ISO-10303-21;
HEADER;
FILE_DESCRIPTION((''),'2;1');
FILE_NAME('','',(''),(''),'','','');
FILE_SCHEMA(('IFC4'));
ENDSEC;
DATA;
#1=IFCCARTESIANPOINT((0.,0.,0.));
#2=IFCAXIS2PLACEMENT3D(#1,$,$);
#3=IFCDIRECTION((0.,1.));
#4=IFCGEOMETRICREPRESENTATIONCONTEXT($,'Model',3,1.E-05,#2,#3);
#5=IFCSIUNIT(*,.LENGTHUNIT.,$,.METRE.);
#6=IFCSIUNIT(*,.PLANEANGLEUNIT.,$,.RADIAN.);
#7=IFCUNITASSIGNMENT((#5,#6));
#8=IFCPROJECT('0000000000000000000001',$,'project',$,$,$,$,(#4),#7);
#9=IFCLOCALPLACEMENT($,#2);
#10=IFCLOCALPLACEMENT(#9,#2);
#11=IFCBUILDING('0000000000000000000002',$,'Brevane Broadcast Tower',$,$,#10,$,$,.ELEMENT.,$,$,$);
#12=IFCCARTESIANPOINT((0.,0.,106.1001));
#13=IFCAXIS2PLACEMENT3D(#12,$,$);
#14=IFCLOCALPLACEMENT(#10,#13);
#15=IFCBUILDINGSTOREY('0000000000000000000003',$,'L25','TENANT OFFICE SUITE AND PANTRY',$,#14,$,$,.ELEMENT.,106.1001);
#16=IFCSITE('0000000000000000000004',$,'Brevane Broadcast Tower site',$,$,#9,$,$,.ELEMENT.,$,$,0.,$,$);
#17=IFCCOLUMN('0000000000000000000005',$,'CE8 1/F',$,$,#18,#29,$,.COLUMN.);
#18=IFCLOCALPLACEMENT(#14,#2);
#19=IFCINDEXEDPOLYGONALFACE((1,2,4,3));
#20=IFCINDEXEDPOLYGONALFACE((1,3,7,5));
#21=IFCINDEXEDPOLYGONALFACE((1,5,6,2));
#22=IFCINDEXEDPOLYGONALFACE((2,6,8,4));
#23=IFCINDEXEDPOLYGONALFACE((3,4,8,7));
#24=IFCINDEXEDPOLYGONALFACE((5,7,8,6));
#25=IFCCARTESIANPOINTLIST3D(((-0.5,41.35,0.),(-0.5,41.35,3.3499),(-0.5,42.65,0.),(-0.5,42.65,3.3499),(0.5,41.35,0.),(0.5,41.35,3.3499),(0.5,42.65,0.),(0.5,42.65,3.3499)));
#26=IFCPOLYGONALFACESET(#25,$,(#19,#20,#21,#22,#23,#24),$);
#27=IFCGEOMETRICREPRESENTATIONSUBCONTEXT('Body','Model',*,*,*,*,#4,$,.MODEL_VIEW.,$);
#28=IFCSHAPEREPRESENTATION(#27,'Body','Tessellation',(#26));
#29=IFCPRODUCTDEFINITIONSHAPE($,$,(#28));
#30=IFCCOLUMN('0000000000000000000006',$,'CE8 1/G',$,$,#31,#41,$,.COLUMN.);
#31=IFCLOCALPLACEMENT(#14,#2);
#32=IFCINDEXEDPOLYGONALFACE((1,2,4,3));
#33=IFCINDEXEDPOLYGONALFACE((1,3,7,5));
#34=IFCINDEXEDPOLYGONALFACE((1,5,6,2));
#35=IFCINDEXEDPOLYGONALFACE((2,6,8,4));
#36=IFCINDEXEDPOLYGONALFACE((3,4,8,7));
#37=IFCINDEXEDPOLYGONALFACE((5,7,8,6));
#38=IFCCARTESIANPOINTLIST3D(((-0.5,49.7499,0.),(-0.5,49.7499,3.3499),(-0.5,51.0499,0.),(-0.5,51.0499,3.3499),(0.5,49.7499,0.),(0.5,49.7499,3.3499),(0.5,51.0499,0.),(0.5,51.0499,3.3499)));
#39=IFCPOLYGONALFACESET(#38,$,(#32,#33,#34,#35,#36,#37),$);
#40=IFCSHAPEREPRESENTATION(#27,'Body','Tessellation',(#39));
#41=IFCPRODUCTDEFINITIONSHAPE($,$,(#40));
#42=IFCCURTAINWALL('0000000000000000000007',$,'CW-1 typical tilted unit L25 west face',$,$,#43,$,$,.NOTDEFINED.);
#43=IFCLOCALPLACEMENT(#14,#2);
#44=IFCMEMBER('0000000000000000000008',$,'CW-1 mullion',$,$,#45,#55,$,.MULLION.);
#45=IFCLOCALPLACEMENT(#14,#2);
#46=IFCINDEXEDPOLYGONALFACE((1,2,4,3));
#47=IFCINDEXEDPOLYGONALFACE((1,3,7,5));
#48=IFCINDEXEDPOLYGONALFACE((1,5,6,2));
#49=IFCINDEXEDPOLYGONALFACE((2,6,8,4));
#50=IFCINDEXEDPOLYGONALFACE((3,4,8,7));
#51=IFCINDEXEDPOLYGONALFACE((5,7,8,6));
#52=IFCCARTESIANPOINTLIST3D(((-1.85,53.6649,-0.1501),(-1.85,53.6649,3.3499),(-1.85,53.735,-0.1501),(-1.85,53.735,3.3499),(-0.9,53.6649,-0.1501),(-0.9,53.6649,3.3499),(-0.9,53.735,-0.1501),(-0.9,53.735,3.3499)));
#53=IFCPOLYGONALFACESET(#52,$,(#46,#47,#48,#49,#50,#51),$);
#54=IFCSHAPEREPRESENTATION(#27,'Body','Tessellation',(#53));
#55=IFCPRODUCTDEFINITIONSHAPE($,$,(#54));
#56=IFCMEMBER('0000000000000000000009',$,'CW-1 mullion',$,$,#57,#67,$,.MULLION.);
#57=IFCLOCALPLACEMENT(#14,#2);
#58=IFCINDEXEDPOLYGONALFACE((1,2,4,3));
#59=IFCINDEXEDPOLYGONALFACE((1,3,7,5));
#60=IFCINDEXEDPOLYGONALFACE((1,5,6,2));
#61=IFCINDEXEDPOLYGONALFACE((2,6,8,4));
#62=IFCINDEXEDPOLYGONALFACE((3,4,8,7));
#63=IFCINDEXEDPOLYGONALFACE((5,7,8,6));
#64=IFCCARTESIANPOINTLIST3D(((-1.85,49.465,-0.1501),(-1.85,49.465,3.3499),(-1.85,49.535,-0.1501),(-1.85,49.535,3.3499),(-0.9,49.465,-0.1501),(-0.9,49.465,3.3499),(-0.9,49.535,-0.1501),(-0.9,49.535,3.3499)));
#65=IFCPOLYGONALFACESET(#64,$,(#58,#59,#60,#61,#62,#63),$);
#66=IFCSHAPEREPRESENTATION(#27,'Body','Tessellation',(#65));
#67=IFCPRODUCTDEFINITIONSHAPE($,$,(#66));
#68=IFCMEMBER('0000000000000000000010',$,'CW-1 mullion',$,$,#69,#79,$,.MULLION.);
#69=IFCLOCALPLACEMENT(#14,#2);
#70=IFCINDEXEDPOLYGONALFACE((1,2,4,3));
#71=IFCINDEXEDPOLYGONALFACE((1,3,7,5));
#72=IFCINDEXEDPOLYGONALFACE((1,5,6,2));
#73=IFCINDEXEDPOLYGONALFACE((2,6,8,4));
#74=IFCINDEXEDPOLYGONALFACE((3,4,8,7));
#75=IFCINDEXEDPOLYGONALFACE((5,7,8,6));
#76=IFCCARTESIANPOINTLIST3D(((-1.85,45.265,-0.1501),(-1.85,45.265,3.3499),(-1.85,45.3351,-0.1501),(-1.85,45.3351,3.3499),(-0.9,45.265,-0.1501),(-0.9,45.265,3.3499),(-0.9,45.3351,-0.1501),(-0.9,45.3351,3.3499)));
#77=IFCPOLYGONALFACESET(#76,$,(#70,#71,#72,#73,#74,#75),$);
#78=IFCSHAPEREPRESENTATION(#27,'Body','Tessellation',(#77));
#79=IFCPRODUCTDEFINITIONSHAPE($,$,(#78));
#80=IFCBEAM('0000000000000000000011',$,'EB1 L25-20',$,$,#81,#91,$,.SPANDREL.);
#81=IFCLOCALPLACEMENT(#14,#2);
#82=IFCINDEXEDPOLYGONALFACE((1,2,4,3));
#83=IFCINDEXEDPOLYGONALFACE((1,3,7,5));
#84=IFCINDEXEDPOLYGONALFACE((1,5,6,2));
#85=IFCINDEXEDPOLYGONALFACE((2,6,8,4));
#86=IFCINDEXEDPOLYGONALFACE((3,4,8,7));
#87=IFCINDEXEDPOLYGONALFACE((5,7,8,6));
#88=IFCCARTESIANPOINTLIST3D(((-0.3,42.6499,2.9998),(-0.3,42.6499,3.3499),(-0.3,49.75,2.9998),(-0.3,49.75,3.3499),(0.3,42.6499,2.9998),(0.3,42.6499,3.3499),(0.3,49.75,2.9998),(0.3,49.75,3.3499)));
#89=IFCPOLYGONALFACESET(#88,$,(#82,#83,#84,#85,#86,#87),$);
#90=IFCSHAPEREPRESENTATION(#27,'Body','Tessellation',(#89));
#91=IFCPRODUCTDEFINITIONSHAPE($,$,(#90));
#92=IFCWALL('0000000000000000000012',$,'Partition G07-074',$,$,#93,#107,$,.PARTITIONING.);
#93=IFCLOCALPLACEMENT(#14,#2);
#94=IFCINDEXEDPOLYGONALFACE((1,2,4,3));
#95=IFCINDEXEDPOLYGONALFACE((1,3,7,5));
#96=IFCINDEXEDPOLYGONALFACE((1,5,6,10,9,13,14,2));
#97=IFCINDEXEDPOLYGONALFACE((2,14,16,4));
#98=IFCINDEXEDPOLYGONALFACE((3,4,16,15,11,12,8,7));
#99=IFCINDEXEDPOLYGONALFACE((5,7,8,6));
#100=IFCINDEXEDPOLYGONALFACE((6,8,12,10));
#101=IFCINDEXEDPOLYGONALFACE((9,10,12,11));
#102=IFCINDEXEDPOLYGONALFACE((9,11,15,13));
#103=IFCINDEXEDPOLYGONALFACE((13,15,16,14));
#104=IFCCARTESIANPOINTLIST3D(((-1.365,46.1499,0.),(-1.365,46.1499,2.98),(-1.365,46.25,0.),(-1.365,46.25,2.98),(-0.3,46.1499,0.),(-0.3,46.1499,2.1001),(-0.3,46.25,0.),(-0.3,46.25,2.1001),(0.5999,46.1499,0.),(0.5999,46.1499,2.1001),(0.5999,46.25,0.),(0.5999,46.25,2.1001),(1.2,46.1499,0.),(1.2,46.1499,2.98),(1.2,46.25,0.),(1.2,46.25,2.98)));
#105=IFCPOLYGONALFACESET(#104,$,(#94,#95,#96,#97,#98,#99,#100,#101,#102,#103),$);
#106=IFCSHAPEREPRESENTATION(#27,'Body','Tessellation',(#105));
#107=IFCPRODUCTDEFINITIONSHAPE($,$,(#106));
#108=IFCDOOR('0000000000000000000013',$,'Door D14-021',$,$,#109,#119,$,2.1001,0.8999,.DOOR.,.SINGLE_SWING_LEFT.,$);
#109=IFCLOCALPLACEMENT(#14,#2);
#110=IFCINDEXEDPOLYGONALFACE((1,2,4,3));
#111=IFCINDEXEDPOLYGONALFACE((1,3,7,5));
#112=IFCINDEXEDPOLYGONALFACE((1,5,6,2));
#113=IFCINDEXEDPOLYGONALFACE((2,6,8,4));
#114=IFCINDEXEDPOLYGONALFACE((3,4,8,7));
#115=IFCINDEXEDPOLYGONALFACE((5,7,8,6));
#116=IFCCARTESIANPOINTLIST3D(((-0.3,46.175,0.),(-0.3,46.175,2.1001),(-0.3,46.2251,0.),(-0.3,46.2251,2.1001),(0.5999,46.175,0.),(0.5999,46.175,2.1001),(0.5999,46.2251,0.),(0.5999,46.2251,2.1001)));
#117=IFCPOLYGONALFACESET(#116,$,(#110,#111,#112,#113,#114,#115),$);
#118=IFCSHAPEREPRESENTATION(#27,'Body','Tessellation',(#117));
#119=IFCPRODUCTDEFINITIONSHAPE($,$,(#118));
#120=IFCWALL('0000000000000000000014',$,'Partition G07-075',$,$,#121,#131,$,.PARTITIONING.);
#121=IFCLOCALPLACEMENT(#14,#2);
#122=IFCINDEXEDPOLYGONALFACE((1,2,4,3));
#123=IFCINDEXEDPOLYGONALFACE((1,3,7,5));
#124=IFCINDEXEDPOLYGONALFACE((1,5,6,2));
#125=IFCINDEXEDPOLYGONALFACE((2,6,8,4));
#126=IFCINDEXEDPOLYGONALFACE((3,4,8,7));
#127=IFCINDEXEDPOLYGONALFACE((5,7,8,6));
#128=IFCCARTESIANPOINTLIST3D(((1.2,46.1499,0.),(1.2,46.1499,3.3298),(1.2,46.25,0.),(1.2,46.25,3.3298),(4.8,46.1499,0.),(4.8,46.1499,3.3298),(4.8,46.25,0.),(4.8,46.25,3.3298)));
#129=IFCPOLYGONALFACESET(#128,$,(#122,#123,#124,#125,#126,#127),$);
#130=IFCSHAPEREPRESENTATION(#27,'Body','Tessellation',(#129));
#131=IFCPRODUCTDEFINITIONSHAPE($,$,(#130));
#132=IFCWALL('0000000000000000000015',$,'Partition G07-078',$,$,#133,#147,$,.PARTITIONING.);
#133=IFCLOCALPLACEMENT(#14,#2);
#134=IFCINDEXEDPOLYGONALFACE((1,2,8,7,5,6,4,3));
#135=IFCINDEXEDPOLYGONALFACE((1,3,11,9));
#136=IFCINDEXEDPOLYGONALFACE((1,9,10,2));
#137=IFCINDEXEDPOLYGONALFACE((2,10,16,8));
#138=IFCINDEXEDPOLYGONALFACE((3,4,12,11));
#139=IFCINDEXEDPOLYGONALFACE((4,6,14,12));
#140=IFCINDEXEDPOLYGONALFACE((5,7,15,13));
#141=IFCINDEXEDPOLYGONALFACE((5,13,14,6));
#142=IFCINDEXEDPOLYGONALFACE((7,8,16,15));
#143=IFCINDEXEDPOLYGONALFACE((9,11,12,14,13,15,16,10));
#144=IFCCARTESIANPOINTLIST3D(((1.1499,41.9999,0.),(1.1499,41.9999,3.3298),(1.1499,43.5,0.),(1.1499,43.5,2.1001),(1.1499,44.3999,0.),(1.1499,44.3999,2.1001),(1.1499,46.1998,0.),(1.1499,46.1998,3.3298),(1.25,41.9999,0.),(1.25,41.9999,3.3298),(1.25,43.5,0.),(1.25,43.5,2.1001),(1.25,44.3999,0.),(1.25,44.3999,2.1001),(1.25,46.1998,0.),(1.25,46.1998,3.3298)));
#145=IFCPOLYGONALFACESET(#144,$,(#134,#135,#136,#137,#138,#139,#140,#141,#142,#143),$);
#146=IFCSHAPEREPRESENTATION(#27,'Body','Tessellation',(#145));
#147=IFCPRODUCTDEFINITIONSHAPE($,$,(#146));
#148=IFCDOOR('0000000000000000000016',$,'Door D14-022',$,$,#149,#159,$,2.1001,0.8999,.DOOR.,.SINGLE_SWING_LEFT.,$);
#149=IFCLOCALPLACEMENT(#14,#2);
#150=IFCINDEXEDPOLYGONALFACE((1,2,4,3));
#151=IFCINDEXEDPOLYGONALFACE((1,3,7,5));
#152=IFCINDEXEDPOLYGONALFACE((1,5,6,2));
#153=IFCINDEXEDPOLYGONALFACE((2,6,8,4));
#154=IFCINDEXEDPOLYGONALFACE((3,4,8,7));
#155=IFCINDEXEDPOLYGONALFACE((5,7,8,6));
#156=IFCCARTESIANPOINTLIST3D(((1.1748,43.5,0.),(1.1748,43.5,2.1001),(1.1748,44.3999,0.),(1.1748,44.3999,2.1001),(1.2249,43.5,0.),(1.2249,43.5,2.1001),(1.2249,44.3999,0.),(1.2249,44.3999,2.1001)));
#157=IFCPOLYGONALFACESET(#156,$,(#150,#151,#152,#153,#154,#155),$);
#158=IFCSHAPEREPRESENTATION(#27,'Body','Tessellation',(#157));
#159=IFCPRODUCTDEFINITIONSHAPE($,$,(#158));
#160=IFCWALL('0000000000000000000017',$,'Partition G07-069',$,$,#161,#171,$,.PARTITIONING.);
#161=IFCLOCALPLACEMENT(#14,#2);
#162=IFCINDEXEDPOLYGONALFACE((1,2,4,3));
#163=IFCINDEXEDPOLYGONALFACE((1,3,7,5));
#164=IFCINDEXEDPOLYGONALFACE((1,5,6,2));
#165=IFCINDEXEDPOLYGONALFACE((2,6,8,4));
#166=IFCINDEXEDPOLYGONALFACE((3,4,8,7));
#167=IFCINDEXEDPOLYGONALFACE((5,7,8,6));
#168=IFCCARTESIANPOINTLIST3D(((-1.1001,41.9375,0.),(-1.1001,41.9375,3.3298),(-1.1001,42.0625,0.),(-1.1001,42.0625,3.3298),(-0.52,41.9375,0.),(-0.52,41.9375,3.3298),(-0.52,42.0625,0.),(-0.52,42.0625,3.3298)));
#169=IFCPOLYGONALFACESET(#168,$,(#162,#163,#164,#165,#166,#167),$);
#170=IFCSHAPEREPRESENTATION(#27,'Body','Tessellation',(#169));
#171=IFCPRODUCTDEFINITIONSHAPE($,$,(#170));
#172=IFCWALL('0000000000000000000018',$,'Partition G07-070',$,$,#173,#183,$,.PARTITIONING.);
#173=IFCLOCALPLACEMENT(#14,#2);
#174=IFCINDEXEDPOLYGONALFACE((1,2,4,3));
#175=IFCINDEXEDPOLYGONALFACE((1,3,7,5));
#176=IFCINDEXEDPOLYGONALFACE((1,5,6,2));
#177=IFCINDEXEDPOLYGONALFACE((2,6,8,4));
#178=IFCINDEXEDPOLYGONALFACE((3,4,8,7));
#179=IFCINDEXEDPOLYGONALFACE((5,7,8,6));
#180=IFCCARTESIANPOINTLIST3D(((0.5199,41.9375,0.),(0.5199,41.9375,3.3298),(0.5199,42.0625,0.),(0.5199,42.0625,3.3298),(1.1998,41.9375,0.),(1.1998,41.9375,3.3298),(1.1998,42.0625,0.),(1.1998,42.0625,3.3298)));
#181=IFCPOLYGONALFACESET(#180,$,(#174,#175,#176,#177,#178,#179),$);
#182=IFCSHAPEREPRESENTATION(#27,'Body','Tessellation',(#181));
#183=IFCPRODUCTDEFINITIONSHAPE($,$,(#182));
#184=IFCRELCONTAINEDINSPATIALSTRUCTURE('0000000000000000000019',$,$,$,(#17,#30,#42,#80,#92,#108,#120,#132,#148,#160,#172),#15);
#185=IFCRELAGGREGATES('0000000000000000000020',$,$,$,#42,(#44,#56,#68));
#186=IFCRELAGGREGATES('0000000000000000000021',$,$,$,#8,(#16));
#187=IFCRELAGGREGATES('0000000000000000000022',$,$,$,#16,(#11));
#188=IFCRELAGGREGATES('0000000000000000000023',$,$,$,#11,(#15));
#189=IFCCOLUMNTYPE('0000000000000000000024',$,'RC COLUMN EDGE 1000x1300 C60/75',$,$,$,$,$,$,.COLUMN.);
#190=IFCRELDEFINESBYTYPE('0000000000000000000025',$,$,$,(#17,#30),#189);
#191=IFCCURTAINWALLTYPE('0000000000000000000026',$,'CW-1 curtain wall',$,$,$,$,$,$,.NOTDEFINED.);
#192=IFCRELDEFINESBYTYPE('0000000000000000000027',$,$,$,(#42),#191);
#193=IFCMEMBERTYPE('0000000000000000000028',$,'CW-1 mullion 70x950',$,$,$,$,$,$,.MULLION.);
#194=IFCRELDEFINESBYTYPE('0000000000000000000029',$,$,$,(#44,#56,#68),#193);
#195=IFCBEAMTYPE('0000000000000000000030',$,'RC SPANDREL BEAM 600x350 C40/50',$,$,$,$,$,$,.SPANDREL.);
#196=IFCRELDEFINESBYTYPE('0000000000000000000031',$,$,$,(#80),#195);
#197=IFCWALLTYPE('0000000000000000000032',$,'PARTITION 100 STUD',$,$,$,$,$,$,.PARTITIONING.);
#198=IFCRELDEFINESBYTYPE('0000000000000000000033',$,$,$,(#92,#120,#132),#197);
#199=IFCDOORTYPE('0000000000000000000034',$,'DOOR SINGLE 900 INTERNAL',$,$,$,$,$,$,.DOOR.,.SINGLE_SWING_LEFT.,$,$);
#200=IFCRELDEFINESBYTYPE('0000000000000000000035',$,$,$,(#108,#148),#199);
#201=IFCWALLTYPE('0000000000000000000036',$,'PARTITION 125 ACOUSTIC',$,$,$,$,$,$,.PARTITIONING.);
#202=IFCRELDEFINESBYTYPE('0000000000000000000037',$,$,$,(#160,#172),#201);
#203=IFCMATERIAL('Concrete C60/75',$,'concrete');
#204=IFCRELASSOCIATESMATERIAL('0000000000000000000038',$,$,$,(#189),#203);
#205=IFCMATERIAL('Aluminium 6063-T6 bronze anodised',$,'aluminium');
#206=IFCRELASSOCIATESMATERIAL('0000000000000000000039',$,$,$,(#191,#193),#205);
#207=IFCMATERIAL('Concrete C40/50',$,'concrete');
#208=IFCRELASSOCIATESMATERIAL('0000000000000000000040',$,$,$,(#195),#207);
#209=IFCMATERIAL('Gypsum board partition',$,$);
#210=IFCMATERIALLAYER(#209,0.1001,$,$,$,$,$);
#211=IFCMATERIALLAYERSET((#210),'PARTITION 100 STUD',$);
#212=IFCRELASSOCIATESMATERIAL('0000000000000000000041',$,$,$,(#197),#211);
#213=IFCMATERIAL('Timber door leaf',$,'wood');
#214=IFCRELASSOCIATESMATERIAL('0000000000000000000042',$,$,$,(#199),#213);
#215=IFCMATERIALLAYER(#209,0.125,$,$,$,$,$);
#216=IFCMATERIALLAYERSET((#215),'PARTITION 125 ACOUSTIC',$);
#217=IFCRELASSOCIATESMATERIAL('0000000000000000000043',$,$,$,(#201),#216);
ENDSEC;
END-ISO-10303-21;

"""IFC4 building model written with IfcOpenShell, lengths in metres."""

from ifc_helpers import new_model, si_unit, direction, frame, frame_2d, origin, origin_2d, place, context, subcontext, project, spatial, rectangle, extrude, material, layer, layer_set, material_profile, profile_set, type_object, element, fill, aggregate, save


model = new_model("IFC4")

# Units and contexts
model_context = context("Model", 3, precision=1e-05, world=origin(), true_north=direction((0.0, 1.0)))
body_context = subcontext(model_context, "Body", "Model", "MODEL_VIEW")
ifc_project = project(units=[si_unit("LENGTHUNIT", "METRE"), si_unit("PLANEANGLEUNIT", "RADIAN")], contexts=[model_context])

# Site, building, storey
site_placement = place(None, origin())
site = spatial("IfcSite", under=ifc_project, at=site_placement, Name="Brevane Broadcast Tower site", CompositionType="ELEMENT", RefElevation=0.0)
building_placement = place(site_placement, origin())
building = spatial("IfcBuilding", under=site, at=building_placement, Name="Brevane Broadcast Tower", CompositionType="ELEMENT")
storey_placement = place(building_placement, frame((0.0, 0.0, 106.1001)))
storey = spatial("IfcBuildingStorey", under=building, at=storey_placement, Name="L25", Description="TENANT OFFICE SUITE AND PANTRY", CompositionType="ELEMENT", Elevation=106.1001)

# Columns
ifc_material_1 = material(Name="Concrete C60/75", Category="concrete")
ifc_material_profile_1 = material_profile(ifc_material_1, rectangle(XDim=1.0, YDim=1.3, at=origin_2d()), Name="RC 1000x1300")
ifc_profile_set_1 = profile_set([ifc_material_profile_1], Name="Concrete C60/75")
column_type = type_object("IfcColumnType", Name="RC COLUMN EDGE 1000x1300 C60/75", PredefinedType="COLUMN", material=ifc_profile_set_1)
for number, where, z_axis, x_axis, name in (
    (1, (0.0, 42.0, 0.0), (0.0, 0.0, 1.0), (1.0, 0.0, 0.0), "CE8 1/F"),
    (2, (0.0, 50.3999, 0.0), (0.0, 0.0, 1.0), (1.0, 0.0, 0.0), "CE8 1/G"),
):
    element("IfcColumn", number, at=place(storey_placement, frame(where, z_axis=z_axis, x_axis=x_axis)), inside=storey, type_object=column_type, Name=name, PredefinedType="COLUMN", context=body_context, shape_type="SweptSolid", body=[
        extrude(rectangle(XDim=1.0, YDim=1.3, at=origin_2d()), origin(), (0.0, 0.0, 1.0), 3.3499),
    ])

# Curtain wall, members
ifc_material_2 = material(Name="Aluminium 6063-T6 bronze anodised", Category="aluminium")
curtain_wall_type = type_object("IfcCurtainWallType", Name="CW-1 curtain wall", PredefinedType="NOTDEFINED", material=ifc_material_2)
curtain_wall_placement = place(storey_placement, origin())
curtain_wall = element("IfcCurtainWall", 3, at=curtain_wall_placement, inside=storey, type_object=curtain_wall_type, Name="CW-1 typical tilted unit L25 west face", PredefinedType="NOTDEFINED")
ifc_material_profile_2 = material_profile(ifc_material_2, rectangle(XDim=0.95, YDim=0.0701, at=origin_2d()), Name="RECT 70x950")
ifc_profile_set_2 = profile_set([ifc_material_profile_2], Name="Aluminium 6063-T6 bronze anodised")
member_type = type_object("IfcMemberType", Name="CW-1 mullion 70x950", PredefinedType="MULLION", material=ifc_profile_set_2)
member_1_placement = place(storey_placement, frame((-1.375, 53.7, -0.1501), z_axis=(0.0, 0.0, 1.0), x_axis=(1.0, 0.0, 0.0)))
member_1 = element("IfcMember", 4, at=member_1_placement, type_object=member_type, Name="CW-1 mullion", PredefinedType="MULLION", context=body_context, shape_type="SweptSolid", body=[
    extrude(rectangle(XDim=0.95, YDim=0.0701, at=origin_2d()), origin(), (0.0, 0.0, 1.0), 3.5),
])
member_2_placement = place(storey_placement, frame((-1.375, 49.5, -0.1501), z_axis=(0.0, 0.0, 1.0), x_axis=(1.0, 0.0, 0.0)))
member_2 = element("IfcMember", 5, at=member_2_placement, type_object=member_type, Name="CW-1 mullion", PredefinedType="MULLION", context=body_context, shape_type="SweptSolid", body=[
    extrude(rectangle(XDim=0.95, YDim=0.0701, at=origin_2d()), origin(), (0.0, 0.0, 1.0), 3.5),
])
member_3_placement = place(storey_placement, frame((-1.375, 45.3, -0.1501), z_axis=(0.0, 0.0, 1.0), x_axis=(1.0, 0.0, 0.0)))
member_3 = element("IfcMember", 6, at=member_3_placement, type_object=member_type, Name="CW-1 mullion", PredefinedType="MULLION", context=body_context, shape_type="SweptSolid", body=[
    extrude(rectangle(XDim=0.95, YDim=0.0701, at=origin_2d()), origin(), (0.0, 0.0, 1.0), 3.5),
])
aggregate(curtain_wall, [member_1, member_2, member_3])

# Beam
ifc_material_3 = material(Name="Concrete C40/50", Category="concrete")
ifc_material_profile_3 = material_profile(ifc_material_3, rectangle(XDim=0.6001, YDim=0.3501, at=origin_2d()), Name="RC 600x350")
ifc_profile_set_3 = profile_set([ifc_material_profile_3], Name="Concrete C40/50")
beam_type = type_object("IfcBeamType", Name="RC SPANDREL BEAM 600x350 C40/50", PredefinedType="SPANDREL", material=ifc_profile_set_3)
beam_placement = place(storey_placement, frame((0.0, 49.75, 3.1748), z_axis=(0.0, -1.0, 0.0), x_axis=(1.0, 0.0, 0.0)))
element("IfcBeam", 7, at=beam_placement, inside=storey, type_object=beam_type, Name="EB1 L25-20", PredefinedType="SPANDREL", context=body_context, shape_type="SweptSolid", body=[
    extrude(rectangle(XDim=0.6001, YDim=0.3501, at=origin_2d()), origin(), (0.0, 0.0, 1.0), 7.1001),
])

# Wall, opening, door
ifc_material_4 = material(Name="Gypsum board partition")
ifc_layer_1 = layer(ifc_material_4, 0.1001)
ifc_layer_set_1 = layer_set([ifc_layer_1], Name="PARTITION 100 STUD")
wall_type_1 = type_object("IfcWallType", Name="PARTITION 100 STUD", PredefinedType="PARTITIONING", material=ifc_layer_set_1)
wall_1_placement = place(storey_placement, frame((1.2, 46.2, 0.0), z_axis=(0.0, 0.0, 1.0), x_axis=(-1.0, 0.0, 0.0)))
wall_1 = element("IfcWall", 8, at=wall_1_placement, inside=storey, type_object=wall_type_1, Name="Partition G07-074", PredefinedType="PARTITIONING", context=body_context, shape_type="SweptSolid", body=[
    extrude(rectangle(XDim=2.5649, YDim=0.1001, at=frame_2d((1.2825, 0.0))), origin(), (0.0, 0.0, 1.0), 2.98),
])
opening_1_placement = place(wall_1_placement, frame((0.6001, 0.0, 0.0)))
opening_1 = element("IfcOpeningElement", 9, at=opening_1_placement, cuts=wall_1, PredefinedType="OPENING", context=body_context, shape_type="SweptSolid", body=[
    extrude(rectangle(XDim=0.8999, YDim=2.1001, at=frame_2d((0.45, 1.05))), frame((0.0, 0.0601, 0.0), z_axis=(0.0, -1.0, 0.0), x_axis=(1.0, 0.0, 0.0)), (0.0, 0.0, 1.0), 0.1201),
])
ifc_material_5 = material(Name="Timber door leaf", Category="wood")
door_type = type_object("IfcDoorType", Name="DOOR SINGLE 900 INTERNAL", OperationType="SINGLE_SWING_LEFT", PredefinedType="DOOR", material=ifc_material_5)
door_1_placement = place(opening_1_placement, origin())
door_1 = element("IfcDoor", 10, at=door_1_placement, inside=storey, type_object=door_type, Name="Door D14-021", OperationType="SINGLE_SWING_LEFT", OverallHeight=2.1001, OverallWidth=0.8999, PredefinedType="DOOR", context=body_context, shape_type="SweptSolid", body=[
    extrude(rectangle(XDim=0.8999, YDim=2.1001, at=frame_2d((0.45, 1.05))), frame((0.0, 0.0249, 0.0), z_axis=(0.0, -1.0, 0.0), x_axis=(1.0, 0.0, 0.0)), (0.0, 0.0, 1.0), 0.05),
])
fill(opening_1, door_1)

# Wall
wall_2_placement = place(storey_placement, frame((4.8, 46.2, 0.0), z_axis=(0.0, 0.0, 1.0), x_axis=(-1.0, 0.0, 0.0)))
element("IfcWall", 11, at=wall_2_placement, inside=storey, type_object=wall_type_1, Name="Partition G07-075", PredefinedType="PARTITIONING", context=body_context, shape_type="SweptSolid", body=[
    extrude(rectangle(XDim=3.6001, YDim=0.1001, at=frame_2d((1.8, 0.0))), origin(), (0.0, 0.0, 1.0), 3.3298),
])

# Wall, opening, door
wall_3_placement = place(storey_placement, frame((1.2, 46.2, 0.0), z_axis=(0.0, 0.0, 1.0), x_axis=(0.0, -1.0, 0.0)))
wall_3 = element("IfcWall", 12, at=wall_3_placement, inside=storey, type_object=wall_type_1, Name="Partition G07-078", PredefinedType="PARTITIONING", context=body_context, shape_type="SweptSolid", body=[
    extrude(rectangle(XDim=4.2, YDim=0.1001, at=frame_2d((2.1001, 0.0))), origin(), (0.0, 0.0, 1.0), 3.3298),
])
opening_2_placement = place(wall_3_placement, frame((1.8, 0.0, 0.0)))
opening_2 = element("IfcOpeningElement", 13, at=opening_2_placement, cuts=wall_3, PredefinedType="OPENING", context=body_context, shape_type="SweptSolid", body=[
    extrude(rectangle(XDim=0.8999, YDim=2.1001, at=frame_2d((0.45, 1.05))), frame((0.0, 0.0601, 0.0), z_axis=(0.0, -1.0, 0.0), x_axis=(1.0, 0.0, 0.0)), (0.0, 0.0, 1.0), 0.1201),
])
door_2_placement = place(opening_2_placement, origin())
door_2 = element("IfcDoor", 14, at=door_2_placement, inside=storey, type_object=door_type, Name="Door D14-022", OperationType="SINGLE_SWING_LEFT", OverallHeight=2.1001, OverallWidth=0.8999, PredefinedType="DOOR", context=body_context, shape_type="SweptSolid", body=[
    extrude(rectangle(XDim=0.8999, YDim=2.1001, at=frame_2d((0.45, 1.05))), frame((0.0, 0.0249, 0.0), z_axis=(0.0, -1.0, 0.0), x_axis=(1.0, 0.0, 0.0)), (0.0, 0.0, 1.0), 0.05),
])
fill(opening_2, door_2)

# Walls
ifc_layer_2 = layer(ifc_material_4, 0.125)
ifc_layer_set_2 = layer_set([ifc_layer_2], Name="PARTITION 125 ACOUSTIC")
wall_type_2 = type_object("IfcWallType", Name="PARTITION 125 ACOUSTIC", PredefinedType="PARTITIONING", material=ifc_layer_set_2)
wall_4_placement = place(storey_placement, frame((-1.1001, 42.0, 0.0), z_axis=(0.0, 0.0, 1.0), x_axis=(1.0, 0.0, 0.0)))
element("IfcWall", 15, at=wall_4_placement, inside=storey, type_object=wall_type_2, Name="Partition G07-069", PredefinedType="PARTITIONING", context=body_context, shape_type="SweptSolid", body=[
    extrude(rectangle(XDim=0.5801, YDim=0.125, at=frame_2d((0.29, 0.0))), origin(), (0.0, 0.0, 1.0), 3.3298),
])
wall_5_placement = place(storey_placement, frame((0.52, 42.0, 0.0), z_axis=(0.0, 0.0, 1.0), x_axis=(1.0, 0.0, 0.0)))
element("IfcWall", 16, at=wall_5_placement, inside=storey, type_object=wall_type_2, Name="Partition G07-070", PredefinedType="PARTITIONING", context=body_context, shape_type="SweptSolid", body=[
    extrude(rectangle(XDim=0.6799, YDim=0.125, at=frame_2d((0.3398, 0.0))), origin(), (0.0, 0.0, 1.0), 3.3298),
])

save(model, "model.ifc")
